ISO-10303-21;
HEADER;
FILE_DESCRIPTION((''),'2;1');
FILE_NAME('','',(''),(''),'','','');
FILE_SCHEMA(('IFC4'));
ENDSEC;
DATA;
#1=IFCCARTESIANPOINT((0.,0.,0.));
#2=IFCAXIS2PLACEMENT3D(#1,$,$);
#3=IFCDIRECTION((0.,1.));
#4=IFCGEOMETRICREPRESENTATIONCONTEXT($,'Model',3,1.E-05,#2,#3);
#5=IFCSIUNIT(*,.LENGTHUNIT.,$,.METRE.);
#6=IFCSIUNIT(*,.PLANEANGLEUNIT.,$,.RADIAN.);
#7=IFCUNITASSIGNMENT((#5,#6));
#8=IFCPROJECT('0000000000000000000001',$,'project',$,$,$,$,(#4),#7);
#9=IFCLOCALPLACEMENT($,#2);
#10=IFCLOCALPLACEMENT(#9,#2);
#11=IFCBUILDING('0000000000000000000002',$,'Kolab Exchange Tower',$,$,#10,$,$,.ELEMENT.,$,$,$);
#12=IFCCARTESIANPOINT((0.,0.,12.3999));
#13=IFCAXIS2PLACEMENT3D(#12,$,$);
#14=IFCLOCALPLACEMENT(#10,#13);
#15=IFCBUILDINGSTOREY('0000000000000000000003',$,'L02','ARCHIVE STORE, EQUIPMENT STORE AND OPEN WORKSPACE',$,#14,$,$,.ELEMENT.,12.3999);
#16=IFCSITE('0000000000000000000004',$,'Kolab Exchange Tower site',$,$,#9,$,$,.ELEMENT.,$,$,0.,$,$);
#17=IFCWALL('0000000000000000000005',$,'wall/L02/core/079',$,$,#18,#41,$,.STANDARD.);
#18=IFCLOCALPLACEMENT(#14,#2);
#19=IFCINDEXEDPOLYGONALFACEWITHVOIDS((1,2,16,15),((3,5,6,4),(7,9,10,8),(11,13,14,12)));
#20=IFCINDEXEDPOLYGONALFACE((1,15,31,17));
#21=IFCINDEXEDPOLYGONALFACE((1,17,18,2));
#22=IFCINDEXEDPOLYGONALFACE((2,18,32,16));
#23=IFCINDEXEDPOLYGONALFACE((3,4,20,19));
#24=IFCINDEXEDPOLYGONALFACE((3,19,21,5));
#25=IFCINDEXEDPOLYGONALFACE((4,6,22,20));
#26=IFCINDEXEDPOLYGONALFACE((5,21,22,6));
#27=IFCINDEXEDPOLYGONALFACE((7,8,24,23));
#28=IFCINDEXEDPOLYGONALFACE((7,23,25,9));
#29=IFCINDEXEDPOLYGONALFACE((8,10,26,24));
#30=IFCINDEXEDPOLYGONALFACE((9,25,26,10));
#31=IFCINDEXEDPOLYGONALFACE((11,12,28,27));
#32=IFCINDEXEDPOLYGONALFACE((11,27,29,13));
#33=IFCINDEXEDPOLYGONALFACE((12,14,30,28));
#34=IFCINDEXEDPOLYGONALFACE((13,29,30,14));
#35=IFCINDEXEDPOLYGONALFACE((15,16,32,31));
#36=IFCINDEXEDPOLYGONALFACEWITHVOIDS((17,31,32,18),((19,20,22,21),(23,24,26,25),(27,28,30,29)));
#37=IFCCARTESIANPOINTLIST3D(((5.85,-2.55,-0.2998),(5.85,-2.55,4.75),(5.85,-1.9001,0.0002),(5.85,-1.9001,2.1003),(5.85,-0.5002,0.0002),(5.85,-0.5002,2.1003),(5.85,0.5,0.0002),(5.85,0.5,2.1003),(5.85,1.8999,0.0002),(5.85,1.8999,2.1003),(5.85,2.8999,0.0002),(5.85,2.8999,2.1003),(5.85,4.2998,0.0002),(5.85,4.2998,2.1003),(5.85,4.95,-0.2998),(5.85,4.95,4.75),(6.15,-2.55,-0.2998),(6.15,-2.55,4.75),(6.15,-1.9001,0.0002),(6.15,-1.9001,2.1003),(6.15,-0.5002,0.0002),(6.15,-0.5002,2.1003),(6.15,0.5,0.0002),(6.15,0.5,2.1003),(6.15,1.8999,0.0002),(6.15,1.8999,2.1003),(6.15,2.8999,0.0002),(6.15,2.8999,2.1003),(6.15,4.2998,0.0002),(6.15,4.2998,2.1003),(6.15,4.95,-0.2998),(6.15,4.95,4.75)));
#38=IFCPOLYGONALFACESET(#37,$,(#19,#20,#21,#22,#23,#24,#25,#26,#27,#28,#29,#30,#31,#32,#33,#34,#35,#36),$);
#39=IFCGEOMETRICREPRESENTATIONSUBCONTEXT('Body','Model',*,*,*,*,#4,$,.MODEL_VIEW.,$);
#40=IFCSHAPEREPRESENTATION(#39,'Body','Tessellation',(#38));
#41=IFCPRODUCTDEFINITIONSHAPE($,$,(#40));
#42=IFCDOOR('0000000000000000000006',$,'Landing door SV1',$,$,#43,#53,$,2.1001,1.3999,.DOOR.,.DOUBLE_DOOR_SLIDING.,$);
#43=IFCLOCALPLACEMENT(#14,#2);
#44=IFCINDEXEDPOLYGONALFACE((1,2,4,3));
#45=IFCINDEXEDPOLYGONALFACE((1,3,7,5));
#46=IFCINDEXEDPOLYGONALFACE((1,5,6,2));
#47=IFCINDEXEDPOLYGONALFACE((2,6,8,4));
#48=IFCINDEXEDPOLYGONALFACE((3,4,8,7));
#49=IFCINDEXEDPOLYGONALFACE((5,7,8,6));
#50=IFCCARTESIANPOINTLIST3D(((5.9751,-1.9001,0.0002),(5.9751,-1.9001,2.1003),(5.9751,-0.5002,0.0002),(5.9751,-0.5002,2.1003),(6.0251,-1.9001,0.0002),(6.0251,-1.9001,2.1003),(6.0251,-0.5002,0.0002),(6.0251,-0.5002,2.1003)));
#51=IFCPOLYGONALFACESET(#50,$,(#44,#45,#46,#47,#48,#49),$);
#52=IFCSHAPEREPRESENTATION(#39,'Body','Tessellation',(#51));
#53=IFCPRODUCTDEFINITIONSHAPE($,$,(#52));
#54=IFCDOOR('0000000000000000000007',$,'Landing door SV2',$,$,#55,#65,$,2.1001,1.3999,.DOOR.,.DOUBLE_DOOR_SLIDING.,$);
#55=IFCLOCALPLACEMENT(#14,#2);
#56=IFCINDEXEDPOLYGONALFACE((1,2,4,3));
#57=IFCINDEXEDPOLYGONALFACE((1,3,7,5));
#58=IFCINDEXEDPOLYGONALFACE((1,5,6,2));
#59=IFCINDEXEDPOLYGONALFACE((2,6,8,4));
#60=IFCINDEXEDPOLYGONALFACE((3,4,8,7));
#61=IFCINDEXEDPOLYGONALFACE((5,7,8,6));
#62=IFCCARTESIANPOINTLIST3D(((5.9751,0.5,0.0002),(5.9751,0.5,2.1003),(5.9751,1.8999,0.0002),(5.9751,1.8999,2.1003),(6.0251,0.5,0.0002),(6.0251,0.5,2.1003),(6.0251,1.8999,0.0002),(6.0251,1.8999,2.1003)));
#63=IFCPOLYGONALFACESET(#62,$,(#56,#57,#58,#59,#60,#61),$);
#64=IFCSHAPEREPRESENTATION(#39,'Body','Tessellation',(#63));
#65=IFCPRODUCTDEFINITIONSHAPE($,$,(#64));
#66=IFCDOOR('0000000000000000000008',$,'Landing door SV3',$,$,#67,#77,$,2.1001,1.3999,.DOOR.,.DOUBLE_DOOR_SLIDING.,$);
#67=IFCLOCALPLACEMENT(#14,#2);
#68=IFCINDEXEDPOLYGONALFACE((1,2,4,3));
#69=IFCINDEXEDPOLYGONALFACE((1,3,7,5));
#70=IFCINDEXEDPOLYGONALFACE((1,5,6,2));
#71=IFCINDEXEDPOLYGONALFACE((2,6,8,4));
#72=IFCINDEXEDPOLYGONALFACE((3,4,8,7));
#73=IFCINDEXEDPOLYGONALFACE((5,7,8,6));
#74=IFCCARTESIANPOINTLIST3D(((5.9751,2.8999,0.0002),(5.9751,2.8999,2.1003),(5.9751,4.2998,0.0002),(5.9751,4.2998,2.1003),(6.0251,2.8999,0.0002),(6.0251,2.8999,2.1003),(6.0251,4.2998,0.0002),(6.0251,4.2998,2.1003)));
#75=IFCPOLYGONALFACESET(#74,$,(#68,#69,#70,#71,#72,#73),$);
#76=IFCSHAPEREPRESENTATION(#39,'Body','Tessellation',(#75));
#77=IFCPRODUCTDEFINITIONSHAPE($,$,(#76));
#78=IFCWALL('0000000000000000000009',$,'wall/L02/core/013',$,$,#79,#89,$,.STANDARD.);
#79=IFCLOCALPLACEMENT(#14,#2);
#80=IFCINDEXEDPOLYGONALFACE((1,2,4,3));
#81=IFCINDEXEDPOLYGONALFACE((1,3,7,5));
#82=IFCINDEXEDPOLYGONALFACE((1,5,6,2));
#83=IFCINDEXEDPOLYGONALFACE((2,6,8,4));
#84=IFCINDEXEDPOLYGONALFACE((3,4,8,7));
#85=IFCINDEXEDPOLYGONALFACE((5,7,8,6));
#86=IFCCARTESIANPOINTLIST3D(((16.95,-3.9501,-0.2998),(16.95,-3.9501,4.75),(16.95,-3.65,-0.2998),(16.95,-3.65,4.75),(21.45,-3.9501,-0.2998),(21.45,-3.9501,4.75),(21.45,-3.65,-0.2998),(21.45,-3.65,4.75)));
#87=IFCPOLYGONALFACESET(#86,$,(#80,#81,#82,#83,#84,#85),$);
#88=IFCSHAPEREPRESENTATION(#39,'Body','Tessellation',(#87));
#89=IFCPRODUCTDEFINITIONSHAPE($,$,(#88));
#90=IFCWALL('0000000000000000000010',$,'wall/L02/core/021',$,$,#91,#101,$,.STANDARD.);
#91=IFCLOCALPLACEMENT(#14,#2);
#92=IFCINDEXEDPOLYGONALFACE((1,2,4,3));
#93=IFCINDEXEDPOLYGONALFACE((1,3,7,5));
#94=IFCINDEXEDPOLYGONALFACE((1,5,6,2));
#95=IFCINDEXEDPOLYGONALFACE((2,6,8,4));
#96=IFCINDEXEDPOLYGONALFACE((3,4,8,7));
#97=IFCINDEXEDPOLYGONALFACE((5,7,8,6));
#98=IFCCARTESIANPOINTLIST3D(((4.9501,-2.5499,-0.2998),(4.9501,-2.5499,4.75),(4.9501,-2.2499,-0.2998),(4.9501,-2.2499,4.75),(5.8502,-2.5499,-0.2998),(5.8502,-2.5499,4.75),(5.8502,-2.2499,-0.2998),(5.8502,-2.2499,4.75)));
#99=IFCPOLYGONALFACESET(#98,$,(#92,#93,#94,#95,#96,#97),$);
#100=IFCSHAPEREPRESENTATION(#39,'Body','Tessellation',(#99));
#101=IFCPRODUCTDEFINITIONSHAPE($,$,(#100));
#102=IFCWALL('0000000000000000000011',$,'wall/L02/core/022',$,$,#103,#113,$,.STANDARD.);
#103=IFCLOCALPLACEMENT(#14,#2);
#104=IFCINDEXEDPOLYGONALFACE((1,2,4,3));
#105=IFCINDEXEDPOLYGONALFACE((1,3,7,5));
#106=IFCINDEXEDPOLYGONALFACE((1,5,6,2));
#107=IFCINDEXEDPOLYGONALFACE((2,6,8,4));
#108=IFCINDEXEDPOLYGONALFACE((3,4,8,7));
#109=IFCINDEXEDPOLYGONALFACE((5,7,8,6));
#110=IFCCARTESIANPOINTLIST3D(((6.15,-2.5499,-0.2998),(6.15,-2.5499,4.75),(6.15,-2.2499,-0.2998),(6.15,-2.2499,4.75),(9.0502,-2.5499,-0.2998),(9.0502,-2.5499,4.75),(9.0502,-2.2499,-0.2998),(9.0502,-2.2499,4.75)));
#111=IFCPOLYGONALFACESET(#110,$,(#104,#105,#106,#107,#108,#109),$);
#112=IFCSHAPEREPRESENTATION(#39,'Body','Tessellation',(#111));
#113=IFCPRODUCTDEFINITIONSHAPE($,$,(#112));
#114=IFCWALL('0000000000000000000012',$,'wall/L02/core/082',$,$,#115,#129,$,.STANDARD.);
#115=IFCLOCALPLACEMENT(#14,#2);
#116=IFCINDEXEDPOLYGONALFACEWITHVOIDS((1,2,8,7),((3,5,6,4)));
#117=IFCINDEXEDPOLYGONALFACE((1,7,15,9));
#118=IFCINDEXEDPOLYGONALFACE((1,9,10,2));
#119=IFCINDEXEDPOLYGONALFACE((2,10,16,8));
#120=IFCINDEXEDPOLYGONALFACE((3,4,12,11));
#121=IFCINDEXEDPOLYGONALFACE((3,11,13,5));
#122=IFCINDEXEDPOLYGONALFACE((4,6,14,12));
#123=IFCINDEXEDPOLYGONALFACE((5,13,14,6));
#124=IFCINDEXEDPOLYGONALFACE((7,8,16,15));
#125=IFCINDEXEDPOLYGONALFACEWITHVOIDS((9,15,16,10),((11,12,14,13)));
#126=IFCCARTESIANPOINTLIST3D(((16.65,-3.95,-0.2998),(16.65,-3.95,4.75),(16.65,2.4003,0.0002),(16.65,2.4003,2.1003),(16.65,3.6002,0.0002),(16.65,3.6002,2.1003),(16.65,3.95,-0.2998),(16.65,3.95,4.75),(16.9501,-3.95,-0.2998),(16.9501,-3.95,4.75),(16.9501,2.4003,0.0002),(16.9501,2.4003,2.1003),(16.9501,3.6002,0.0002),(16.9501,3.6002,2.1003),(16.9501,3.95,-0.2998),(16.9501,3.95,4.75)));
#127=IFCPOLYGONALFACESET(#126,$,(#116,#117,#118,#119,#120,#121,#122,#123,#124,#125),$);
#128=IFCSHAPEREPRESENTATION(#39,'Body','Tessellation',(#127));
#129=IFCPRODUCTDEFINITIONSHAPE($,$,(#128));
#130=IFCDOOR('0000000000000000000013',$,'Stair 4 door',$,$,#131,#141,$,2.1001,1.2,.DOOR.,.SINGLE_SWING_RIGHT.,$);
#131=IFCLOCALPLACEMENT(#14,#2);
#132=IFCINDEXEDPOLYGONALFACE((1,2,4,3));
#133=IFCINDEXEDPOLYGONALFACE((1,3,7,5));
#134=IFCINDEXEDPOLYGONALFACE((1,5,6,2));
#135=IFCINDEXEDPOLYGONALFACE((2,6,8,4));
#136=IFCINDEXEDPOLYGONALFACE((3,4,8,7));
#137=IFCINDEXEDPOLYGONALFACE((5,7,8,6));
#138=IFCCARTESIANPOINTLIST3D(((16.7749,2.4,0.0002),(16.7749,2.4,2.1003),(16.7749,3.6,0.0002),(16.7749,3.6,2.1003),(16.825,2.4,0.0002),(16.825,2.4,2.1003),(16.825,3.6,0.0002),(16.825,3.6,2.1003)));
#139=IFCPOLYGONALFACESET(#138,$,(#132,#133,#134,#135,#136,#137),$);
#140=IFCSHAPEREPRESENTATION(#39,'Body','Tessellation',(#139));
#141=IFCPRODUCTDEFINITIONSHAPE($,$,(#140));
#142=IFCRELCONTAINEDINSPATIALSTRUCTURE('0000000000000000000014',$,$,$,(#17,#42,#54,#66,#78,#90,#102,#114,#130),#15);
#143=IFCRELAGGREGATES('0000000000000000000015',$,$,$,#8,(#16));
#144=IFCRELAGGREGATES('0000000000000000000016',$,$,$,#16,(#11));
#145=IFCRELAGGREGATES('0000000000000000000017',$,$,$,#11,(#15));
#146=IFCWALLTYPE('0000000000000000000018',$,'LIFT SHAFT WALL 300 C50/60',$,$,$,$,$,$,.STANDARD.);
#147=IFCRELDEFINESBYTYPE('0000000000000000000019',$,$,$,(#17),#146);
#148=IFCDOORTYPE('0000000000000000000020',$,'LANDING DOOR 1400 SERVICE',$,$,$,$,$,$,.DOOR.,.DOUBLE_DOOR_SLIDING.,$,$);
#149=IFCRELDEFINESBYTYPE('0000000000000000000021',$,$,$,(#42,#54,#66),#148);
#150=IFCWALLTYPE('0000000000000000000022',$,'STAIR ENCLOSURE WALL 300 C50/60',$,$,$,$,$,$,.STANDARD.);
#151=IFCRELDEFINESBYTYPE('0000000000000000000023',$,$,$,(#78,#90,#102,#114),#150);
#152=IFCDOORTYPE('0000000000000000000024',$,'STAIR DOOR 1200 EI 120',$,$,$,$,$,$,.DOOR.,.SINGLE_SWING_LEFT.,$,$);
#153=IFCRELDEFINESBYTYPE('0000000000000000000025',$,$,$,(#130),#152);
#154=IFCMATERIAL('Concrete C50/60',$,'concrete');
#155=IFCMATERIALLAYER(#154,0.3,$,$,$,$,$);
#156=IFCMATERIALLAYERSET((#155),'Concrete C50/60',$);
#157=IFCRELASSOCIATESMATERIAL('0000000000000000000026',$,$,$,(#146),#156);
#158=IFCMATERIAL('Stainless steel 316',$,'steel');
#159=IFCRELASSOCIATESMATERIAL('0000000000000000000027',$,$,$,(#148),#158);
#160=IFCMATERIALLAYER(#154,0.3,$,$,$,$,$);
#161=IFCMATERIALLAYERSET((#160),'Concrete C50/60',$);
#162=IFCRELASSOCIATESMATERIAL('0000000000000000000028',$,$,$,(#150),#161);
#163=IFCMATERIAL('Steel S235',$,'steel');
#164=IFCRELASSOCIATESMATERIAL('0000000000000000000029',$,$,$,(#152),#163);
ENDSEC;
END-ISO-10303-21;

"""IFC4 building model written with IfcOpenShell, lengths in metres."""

from ifc_helpers import new_model, si_unit, direction, frame, frame_2d, origin, place, context, subcontext, project, spatial, rectangle, extrude, material, layer, layer_set, type_object, element, fill, save


model = new_model("IFC4")

# Units and contexts
model_context = context("Model", 3, precision=1e-05, world=origin(), true_north=direction((0.0, 1.0)))
body_context = subcontext(model_context, "Body", "Model", "MODEL_VIEW")
ifc_project = project(units=[si_unit("LENGTHUNIT", "METRE"), si_unit("PLANEANGLEUNIT", "RADIAN")], contexts=[model_context])

# Site, building, storey
site_placement = place(None, origin())
site = spatial("IfcSite", under=ifc_project, at=site_placement, Name="Kolab Exchange Tower site", CompositionType="ELEMENT", RefElevation=0.0)
building_placement = place(site_placement, origin())
building = spatial("IfcBuilding", under=site, at=building_placement, Name="Kolab Exchange Tower", CompositionType="ELEMENT")
storey_placement = place(building_placement, frame((0.0, 0.0, 12.3999)))
storey = spatial("IfcBuildingStorey", under=building, at=storey_placement, Name="L02", Description="ARCHIVE STORE, EQUIPMENT STORE AND OPEN WORKSPACE", CompositionType="ELEMENT", Elevation=12.3999)

# Shared definitions
ifc_material_1 = material(Name="Concrete C50/60", Category="concrete")
ifc_layer_1 = layer(ifc_material_1, 0.3)
ifc_layer_set_1 = layer_set([ifc_layer_1], Name="Concrete C50/60")
wall_type_1 = type_object("IfcWallType", Name="LIFT SHAFT WALL 300 C50/60", PredefinedType="STANDARD", material=ifc_layer_set_1)

# Shared definitions
ifc_material_2 = material(Name="Steel S235", Category="steel")

# Wall, openings, doors
wall_1_placement = place(storey_placement, frame((6.0, -2.55, -0.2998), z_axis=(0.0, 0.0, 1.0), x_axis=(0.0, 1.0, 0.0)))
wall_1 = element("IfcWall", 1, at=wall_1_placement, inside=storey, type_object=wall_type_1, Name="wall/L02/core/079", PredefinedType="STANDARD", context=body_context, shape_type="SweptSolid", body=[
    extrude(rectangle(XDim=7.5, YDim=0.3, at=frame_2d((3.75, 0.0))), origin(), (0.0, 0.0, 1.0), 5.0498),
])
opening_1_placement = place(wall_1_placement, frame((0.6499, 0.0, 0.3)))
opening_1 = element("IfcOpeningElement", 2, at=opening_1_placement, cuts=wall_1, PredefinedType="OPENING", context=body_context, shape_type="SweptSolid", body=[
    extrude(rectangle(XDim=1.3999, YDim=2.1001, at=frame_2d((0.7, 1.05))), frame((0.0, 0.1602, 0.0), z_axis=(0.0, -1.0, 0.0), x_axis=(1.0, 0.0, 0.0)), (0.0, 0.0, 1.0), 0.3201),
])
opening_2_placement = place(wall_1_placement, frame((3.05, 0.0, 0.3)))
opening_2 = element("IfcOpeningElement", 3, at=opening_2_placement, cuts=wall_1, PredefinedType="OPENING", context=body_context, shape_type="SweptSolid", body=[
    extrude(rectangle(XDim=1.3999, YDim=2.1001, at=frame_2d((0.7, 1.05))), frame((0.0, 0.1602, 0.0), z_axis=(0.0, -1.0, 0.0), x_axis=(1.0, 0.0, 0.0)), (0.0, 0.0, 1.0), 0.3201),
])
opening_3_placement = place(wall_1_placement, frame((5.45, 0.0, 0.3)))
opening_3 = element("IfcOpeningElement", 4, at=opening_3_placement, cuts=wall_1, PredefinedType="OPENING", context=body_context, shape_type="SweptSolid", body=[
    extrude(rectangle(XDim=1.3999, YDim=2.1001, at=frame_2d((0.7, 1.05))), frame((0.0, 0.1602, 0.0), z_axis=(0.0, -1.0, 0.0), x_axis=(1.0, 0.0, 0.0)), (0.0, 0.0, 1.0), 0.3201),
])
ifc_material_3 = material(Name="Stainless steel 316", Category="steel")
door_type_1 = type_object("IfcDoorType", Name="LANDING DOOR 1400 SERVICE", OperationType="DOUBLE_DOOR_SLIDING", PredefinedType="DOOR", material=ifc_material_3)
door_1_placement = place(opening_1_placement, origin())
door_1 = element("IfcDoor", 5, at=door_1_placement, inside=storey, type_object=door_type_1, Name="Landing door SV1", OperationType="DOUBLE_DOOR_SLIDING", OverallHeight=2.1001, OverallWidth=1.3999, PredefinedType="DOOR", context=body_context, shape_type="SweptSolid", body=[
    extrude(rectangle(XDim=1.3999, YDim=2.1001, at=frame_2d((0.7, 1.05))), frame((0.0, 0.0249, 0.0), z_axis=(0.0, -1.0, 0.0), x_axis=(1.0, 0.0, 0.0)), (0.0, 0.0, 1.0), 0.05),
])
fill(opening_1, door_1)
door_2_placement = place(opening_2_placement, origin())
door_2 = element("IfcDoor", 6, at=door_2_placement, inside=storey, type_object=door_type_1, Name="Landing door SV2", OperationType="DOUBLE_DOOR_SLIDING", OverallHeight=2.1001, OverallWidth=1.3999, PredefinedType="DOOR", context=body_context, shape_type="SweptSolid", body=[
    extrude(rectangle(XDim=1.3999, YDim=2.1001, at=frame_2d((0.7, 1.05))), frame((0.0, 0.0249, 0.0), z_axis=(0.0, -1.0, 0.0), x_axis=(1.0, 0.0, 0.0)), (0.0, 0.0, 1.0), 0.05),
])
fill(opening_2, door_2)
door_3_placement = place(opening_3_placement, origin())
door_3 = element("IfcDoor", 7, at=door_3_placement, inside=storey, type_object=door_type_1, Name="Landing door SV3", OperationType="DOUBLE_DOOR_SLIDING", OverallHeight=2.1001, OverallWidth=1.3999, PredefinedType="DOOR", context=body_context, shape_type="SweptSolid", body=[
    extrude(rectangle(XDim=1.3999, YDim=2.1001, at=frame_2d((0.7, 1.05))), frame((0.0, 0.0249, 0.0), z_axis=(0.0, -1.0, 0.0), x_axis=(1.0, 0.0, 0.0)), (0.0, 0.0, 1.0), 0.05),
])
fill(opening_3, door_3)

# Walls
ifc_layer_2 = layer(ifc_material_1, 0.3)
ifc_layer_set_2 = layer_set([ifc_layer_2], Name="Concrete C50/60")
wall_type_2 = type_object("IfcWallType", Name="STAIR ENCLOSURE WALL 300 C50/60", PredefinedType="STANDARD", material=ifc_layer_set_2)
wall_2_placement = place(storey_placement, frame((16.95, -3.8, -0.2998), z_axis=(0.0, 0.0, 1.0), x_axis=(1.0, 0.0, 0.0)))
element("IfcWall", 8, at=wall_2_placement, inside=storey, type_object=wall_type_2, Name="wall/L02/core/013", PredefinedType="STANDARD", context=body_context, shape_type="SweptSolid", body=[
    extrude(rectangle(XDim=4.5, YDim=0.3, at=frame_2d((2.25, 0.0))), origin(), (0.0, 0.0, 1.0), 5.0498),
])
wall_3_placement = place(storey_placement, frame((4.95, -2.3999, -0.2998), z_axis=(0.0, 0.0, 1.0), x_axis=(1.0, 0.0, 0.0)))
element("IfcWall", 9, at=wall_3_placement, inside=storey, type_object=wall_type_2, Name="wall/L02/core/021", PredefinedType="STANDARD", context=body_context, shape_type="SweptSolid", body=[
    extrude(rectangle(XDim=0.9001, YDim=0.3, at=frame_2d((0.4502, 0.0))), origin(), (0.0, 0.0, 1.0), 5.0498),
])
wall_4_placement = place(storey_placement, frame((6.1499, -2.3999, -0.2998), z_axis=(0.0, 0.0, 1.0), x_axis=(1.0, 0.0, 0.0)))
element("IfcWall", 10, at=wall_4_placement, inside=storey, type_object=wall_type_2, Name="wall/L02/core/022", PredefinedType="STANDARD", context=body_context, shape_type="SweptSolid", body=[
    extrude(rectangle(XDim=2.9001, YDim=0.3, at=frame_2d((1.4502, 0.0))), origin(), (0.0, 0.0, 1.0), 5.0498),
])

# Wall, opening, door
wall_5_placement = place(storey_placement, frame((16.8, -3.95, -0.2998), z_axis=(0.0, 0.0, 1.0), x_axis=(0.0, 1.0, 0.0)))
wall_5 = element("IfcWall", 11, at=wall_5_placement, inside=storey, type_object=wall_type_2, Name="wall/L02/core/082", PredefinedType="STANDARD", context=body_context, shape_type="SweptSolid", body=[
    extrude(rectangle(XDim=7.8999, YDim=0.3, at=frame_2d((3.95, 0.0))), origin(), (0.0, 0.0, 1.0), 5.0498),
])
opening_4_placement = place(wall_5_placement, frame((6.3501, 0.0, 0.3)))
opening_4 = element("IfcOpeningElement", 12, at=opening_4_placement, cuts=wall_5, PredefinedType="OPENING", context=body_context, shape_type="SweptSolid", body=[
    extrude(rectangle(XDim=1.2, YDim=2.1001, at=frame_2d((0.6001, 1.05))), frame((0.0, 0.1602, 0.0), z_axis=(0.0, -1.0, 0.0), x_axis=(1.0, 0.0, 0.0)), (0.0, 0.0, 1.0), 0.3201),
])
door_type_2 = type_object("IfcDoorType", Name="STAIR DOOR 1200 EI 120", OperationType="SINGLE_SWING_LEFT", PredefinedType="DOOR", material=ifc_material_2)
door_4_placement = place(opening_4_placement, frame((1.2, 0.0, 0.0), z_axis=(0.0, 0.0, 1.0), x_axis=(-1.0, 0.0, 0.0)))
door_4 = element("IfcDoor", 13, at=door_4_placement, inside=storey, type_object=door_type_2, Name="Stair 4 door", OperationType="SINGLE_SWING_RIGHT", OverallHeight=2.1001, OverallWidth=1.2, PredefinedType="DOOR", context=body_context, shape_type="SweptSolid", body=[
    extrude(rectangle(XDim=1.2, YDim=2.1001, at=frame_2d((0.6001, 1.05))), frame((0.0, 0.0249, 0.0), z_axis=(0.0, -1.0, 0.0), x_axis=(1.0, 0.0, 0.0)), (0.0, 0.0, 1.0), 0.05),
])
fill(opening_4, door_4)

save(model, "model.ifc")
